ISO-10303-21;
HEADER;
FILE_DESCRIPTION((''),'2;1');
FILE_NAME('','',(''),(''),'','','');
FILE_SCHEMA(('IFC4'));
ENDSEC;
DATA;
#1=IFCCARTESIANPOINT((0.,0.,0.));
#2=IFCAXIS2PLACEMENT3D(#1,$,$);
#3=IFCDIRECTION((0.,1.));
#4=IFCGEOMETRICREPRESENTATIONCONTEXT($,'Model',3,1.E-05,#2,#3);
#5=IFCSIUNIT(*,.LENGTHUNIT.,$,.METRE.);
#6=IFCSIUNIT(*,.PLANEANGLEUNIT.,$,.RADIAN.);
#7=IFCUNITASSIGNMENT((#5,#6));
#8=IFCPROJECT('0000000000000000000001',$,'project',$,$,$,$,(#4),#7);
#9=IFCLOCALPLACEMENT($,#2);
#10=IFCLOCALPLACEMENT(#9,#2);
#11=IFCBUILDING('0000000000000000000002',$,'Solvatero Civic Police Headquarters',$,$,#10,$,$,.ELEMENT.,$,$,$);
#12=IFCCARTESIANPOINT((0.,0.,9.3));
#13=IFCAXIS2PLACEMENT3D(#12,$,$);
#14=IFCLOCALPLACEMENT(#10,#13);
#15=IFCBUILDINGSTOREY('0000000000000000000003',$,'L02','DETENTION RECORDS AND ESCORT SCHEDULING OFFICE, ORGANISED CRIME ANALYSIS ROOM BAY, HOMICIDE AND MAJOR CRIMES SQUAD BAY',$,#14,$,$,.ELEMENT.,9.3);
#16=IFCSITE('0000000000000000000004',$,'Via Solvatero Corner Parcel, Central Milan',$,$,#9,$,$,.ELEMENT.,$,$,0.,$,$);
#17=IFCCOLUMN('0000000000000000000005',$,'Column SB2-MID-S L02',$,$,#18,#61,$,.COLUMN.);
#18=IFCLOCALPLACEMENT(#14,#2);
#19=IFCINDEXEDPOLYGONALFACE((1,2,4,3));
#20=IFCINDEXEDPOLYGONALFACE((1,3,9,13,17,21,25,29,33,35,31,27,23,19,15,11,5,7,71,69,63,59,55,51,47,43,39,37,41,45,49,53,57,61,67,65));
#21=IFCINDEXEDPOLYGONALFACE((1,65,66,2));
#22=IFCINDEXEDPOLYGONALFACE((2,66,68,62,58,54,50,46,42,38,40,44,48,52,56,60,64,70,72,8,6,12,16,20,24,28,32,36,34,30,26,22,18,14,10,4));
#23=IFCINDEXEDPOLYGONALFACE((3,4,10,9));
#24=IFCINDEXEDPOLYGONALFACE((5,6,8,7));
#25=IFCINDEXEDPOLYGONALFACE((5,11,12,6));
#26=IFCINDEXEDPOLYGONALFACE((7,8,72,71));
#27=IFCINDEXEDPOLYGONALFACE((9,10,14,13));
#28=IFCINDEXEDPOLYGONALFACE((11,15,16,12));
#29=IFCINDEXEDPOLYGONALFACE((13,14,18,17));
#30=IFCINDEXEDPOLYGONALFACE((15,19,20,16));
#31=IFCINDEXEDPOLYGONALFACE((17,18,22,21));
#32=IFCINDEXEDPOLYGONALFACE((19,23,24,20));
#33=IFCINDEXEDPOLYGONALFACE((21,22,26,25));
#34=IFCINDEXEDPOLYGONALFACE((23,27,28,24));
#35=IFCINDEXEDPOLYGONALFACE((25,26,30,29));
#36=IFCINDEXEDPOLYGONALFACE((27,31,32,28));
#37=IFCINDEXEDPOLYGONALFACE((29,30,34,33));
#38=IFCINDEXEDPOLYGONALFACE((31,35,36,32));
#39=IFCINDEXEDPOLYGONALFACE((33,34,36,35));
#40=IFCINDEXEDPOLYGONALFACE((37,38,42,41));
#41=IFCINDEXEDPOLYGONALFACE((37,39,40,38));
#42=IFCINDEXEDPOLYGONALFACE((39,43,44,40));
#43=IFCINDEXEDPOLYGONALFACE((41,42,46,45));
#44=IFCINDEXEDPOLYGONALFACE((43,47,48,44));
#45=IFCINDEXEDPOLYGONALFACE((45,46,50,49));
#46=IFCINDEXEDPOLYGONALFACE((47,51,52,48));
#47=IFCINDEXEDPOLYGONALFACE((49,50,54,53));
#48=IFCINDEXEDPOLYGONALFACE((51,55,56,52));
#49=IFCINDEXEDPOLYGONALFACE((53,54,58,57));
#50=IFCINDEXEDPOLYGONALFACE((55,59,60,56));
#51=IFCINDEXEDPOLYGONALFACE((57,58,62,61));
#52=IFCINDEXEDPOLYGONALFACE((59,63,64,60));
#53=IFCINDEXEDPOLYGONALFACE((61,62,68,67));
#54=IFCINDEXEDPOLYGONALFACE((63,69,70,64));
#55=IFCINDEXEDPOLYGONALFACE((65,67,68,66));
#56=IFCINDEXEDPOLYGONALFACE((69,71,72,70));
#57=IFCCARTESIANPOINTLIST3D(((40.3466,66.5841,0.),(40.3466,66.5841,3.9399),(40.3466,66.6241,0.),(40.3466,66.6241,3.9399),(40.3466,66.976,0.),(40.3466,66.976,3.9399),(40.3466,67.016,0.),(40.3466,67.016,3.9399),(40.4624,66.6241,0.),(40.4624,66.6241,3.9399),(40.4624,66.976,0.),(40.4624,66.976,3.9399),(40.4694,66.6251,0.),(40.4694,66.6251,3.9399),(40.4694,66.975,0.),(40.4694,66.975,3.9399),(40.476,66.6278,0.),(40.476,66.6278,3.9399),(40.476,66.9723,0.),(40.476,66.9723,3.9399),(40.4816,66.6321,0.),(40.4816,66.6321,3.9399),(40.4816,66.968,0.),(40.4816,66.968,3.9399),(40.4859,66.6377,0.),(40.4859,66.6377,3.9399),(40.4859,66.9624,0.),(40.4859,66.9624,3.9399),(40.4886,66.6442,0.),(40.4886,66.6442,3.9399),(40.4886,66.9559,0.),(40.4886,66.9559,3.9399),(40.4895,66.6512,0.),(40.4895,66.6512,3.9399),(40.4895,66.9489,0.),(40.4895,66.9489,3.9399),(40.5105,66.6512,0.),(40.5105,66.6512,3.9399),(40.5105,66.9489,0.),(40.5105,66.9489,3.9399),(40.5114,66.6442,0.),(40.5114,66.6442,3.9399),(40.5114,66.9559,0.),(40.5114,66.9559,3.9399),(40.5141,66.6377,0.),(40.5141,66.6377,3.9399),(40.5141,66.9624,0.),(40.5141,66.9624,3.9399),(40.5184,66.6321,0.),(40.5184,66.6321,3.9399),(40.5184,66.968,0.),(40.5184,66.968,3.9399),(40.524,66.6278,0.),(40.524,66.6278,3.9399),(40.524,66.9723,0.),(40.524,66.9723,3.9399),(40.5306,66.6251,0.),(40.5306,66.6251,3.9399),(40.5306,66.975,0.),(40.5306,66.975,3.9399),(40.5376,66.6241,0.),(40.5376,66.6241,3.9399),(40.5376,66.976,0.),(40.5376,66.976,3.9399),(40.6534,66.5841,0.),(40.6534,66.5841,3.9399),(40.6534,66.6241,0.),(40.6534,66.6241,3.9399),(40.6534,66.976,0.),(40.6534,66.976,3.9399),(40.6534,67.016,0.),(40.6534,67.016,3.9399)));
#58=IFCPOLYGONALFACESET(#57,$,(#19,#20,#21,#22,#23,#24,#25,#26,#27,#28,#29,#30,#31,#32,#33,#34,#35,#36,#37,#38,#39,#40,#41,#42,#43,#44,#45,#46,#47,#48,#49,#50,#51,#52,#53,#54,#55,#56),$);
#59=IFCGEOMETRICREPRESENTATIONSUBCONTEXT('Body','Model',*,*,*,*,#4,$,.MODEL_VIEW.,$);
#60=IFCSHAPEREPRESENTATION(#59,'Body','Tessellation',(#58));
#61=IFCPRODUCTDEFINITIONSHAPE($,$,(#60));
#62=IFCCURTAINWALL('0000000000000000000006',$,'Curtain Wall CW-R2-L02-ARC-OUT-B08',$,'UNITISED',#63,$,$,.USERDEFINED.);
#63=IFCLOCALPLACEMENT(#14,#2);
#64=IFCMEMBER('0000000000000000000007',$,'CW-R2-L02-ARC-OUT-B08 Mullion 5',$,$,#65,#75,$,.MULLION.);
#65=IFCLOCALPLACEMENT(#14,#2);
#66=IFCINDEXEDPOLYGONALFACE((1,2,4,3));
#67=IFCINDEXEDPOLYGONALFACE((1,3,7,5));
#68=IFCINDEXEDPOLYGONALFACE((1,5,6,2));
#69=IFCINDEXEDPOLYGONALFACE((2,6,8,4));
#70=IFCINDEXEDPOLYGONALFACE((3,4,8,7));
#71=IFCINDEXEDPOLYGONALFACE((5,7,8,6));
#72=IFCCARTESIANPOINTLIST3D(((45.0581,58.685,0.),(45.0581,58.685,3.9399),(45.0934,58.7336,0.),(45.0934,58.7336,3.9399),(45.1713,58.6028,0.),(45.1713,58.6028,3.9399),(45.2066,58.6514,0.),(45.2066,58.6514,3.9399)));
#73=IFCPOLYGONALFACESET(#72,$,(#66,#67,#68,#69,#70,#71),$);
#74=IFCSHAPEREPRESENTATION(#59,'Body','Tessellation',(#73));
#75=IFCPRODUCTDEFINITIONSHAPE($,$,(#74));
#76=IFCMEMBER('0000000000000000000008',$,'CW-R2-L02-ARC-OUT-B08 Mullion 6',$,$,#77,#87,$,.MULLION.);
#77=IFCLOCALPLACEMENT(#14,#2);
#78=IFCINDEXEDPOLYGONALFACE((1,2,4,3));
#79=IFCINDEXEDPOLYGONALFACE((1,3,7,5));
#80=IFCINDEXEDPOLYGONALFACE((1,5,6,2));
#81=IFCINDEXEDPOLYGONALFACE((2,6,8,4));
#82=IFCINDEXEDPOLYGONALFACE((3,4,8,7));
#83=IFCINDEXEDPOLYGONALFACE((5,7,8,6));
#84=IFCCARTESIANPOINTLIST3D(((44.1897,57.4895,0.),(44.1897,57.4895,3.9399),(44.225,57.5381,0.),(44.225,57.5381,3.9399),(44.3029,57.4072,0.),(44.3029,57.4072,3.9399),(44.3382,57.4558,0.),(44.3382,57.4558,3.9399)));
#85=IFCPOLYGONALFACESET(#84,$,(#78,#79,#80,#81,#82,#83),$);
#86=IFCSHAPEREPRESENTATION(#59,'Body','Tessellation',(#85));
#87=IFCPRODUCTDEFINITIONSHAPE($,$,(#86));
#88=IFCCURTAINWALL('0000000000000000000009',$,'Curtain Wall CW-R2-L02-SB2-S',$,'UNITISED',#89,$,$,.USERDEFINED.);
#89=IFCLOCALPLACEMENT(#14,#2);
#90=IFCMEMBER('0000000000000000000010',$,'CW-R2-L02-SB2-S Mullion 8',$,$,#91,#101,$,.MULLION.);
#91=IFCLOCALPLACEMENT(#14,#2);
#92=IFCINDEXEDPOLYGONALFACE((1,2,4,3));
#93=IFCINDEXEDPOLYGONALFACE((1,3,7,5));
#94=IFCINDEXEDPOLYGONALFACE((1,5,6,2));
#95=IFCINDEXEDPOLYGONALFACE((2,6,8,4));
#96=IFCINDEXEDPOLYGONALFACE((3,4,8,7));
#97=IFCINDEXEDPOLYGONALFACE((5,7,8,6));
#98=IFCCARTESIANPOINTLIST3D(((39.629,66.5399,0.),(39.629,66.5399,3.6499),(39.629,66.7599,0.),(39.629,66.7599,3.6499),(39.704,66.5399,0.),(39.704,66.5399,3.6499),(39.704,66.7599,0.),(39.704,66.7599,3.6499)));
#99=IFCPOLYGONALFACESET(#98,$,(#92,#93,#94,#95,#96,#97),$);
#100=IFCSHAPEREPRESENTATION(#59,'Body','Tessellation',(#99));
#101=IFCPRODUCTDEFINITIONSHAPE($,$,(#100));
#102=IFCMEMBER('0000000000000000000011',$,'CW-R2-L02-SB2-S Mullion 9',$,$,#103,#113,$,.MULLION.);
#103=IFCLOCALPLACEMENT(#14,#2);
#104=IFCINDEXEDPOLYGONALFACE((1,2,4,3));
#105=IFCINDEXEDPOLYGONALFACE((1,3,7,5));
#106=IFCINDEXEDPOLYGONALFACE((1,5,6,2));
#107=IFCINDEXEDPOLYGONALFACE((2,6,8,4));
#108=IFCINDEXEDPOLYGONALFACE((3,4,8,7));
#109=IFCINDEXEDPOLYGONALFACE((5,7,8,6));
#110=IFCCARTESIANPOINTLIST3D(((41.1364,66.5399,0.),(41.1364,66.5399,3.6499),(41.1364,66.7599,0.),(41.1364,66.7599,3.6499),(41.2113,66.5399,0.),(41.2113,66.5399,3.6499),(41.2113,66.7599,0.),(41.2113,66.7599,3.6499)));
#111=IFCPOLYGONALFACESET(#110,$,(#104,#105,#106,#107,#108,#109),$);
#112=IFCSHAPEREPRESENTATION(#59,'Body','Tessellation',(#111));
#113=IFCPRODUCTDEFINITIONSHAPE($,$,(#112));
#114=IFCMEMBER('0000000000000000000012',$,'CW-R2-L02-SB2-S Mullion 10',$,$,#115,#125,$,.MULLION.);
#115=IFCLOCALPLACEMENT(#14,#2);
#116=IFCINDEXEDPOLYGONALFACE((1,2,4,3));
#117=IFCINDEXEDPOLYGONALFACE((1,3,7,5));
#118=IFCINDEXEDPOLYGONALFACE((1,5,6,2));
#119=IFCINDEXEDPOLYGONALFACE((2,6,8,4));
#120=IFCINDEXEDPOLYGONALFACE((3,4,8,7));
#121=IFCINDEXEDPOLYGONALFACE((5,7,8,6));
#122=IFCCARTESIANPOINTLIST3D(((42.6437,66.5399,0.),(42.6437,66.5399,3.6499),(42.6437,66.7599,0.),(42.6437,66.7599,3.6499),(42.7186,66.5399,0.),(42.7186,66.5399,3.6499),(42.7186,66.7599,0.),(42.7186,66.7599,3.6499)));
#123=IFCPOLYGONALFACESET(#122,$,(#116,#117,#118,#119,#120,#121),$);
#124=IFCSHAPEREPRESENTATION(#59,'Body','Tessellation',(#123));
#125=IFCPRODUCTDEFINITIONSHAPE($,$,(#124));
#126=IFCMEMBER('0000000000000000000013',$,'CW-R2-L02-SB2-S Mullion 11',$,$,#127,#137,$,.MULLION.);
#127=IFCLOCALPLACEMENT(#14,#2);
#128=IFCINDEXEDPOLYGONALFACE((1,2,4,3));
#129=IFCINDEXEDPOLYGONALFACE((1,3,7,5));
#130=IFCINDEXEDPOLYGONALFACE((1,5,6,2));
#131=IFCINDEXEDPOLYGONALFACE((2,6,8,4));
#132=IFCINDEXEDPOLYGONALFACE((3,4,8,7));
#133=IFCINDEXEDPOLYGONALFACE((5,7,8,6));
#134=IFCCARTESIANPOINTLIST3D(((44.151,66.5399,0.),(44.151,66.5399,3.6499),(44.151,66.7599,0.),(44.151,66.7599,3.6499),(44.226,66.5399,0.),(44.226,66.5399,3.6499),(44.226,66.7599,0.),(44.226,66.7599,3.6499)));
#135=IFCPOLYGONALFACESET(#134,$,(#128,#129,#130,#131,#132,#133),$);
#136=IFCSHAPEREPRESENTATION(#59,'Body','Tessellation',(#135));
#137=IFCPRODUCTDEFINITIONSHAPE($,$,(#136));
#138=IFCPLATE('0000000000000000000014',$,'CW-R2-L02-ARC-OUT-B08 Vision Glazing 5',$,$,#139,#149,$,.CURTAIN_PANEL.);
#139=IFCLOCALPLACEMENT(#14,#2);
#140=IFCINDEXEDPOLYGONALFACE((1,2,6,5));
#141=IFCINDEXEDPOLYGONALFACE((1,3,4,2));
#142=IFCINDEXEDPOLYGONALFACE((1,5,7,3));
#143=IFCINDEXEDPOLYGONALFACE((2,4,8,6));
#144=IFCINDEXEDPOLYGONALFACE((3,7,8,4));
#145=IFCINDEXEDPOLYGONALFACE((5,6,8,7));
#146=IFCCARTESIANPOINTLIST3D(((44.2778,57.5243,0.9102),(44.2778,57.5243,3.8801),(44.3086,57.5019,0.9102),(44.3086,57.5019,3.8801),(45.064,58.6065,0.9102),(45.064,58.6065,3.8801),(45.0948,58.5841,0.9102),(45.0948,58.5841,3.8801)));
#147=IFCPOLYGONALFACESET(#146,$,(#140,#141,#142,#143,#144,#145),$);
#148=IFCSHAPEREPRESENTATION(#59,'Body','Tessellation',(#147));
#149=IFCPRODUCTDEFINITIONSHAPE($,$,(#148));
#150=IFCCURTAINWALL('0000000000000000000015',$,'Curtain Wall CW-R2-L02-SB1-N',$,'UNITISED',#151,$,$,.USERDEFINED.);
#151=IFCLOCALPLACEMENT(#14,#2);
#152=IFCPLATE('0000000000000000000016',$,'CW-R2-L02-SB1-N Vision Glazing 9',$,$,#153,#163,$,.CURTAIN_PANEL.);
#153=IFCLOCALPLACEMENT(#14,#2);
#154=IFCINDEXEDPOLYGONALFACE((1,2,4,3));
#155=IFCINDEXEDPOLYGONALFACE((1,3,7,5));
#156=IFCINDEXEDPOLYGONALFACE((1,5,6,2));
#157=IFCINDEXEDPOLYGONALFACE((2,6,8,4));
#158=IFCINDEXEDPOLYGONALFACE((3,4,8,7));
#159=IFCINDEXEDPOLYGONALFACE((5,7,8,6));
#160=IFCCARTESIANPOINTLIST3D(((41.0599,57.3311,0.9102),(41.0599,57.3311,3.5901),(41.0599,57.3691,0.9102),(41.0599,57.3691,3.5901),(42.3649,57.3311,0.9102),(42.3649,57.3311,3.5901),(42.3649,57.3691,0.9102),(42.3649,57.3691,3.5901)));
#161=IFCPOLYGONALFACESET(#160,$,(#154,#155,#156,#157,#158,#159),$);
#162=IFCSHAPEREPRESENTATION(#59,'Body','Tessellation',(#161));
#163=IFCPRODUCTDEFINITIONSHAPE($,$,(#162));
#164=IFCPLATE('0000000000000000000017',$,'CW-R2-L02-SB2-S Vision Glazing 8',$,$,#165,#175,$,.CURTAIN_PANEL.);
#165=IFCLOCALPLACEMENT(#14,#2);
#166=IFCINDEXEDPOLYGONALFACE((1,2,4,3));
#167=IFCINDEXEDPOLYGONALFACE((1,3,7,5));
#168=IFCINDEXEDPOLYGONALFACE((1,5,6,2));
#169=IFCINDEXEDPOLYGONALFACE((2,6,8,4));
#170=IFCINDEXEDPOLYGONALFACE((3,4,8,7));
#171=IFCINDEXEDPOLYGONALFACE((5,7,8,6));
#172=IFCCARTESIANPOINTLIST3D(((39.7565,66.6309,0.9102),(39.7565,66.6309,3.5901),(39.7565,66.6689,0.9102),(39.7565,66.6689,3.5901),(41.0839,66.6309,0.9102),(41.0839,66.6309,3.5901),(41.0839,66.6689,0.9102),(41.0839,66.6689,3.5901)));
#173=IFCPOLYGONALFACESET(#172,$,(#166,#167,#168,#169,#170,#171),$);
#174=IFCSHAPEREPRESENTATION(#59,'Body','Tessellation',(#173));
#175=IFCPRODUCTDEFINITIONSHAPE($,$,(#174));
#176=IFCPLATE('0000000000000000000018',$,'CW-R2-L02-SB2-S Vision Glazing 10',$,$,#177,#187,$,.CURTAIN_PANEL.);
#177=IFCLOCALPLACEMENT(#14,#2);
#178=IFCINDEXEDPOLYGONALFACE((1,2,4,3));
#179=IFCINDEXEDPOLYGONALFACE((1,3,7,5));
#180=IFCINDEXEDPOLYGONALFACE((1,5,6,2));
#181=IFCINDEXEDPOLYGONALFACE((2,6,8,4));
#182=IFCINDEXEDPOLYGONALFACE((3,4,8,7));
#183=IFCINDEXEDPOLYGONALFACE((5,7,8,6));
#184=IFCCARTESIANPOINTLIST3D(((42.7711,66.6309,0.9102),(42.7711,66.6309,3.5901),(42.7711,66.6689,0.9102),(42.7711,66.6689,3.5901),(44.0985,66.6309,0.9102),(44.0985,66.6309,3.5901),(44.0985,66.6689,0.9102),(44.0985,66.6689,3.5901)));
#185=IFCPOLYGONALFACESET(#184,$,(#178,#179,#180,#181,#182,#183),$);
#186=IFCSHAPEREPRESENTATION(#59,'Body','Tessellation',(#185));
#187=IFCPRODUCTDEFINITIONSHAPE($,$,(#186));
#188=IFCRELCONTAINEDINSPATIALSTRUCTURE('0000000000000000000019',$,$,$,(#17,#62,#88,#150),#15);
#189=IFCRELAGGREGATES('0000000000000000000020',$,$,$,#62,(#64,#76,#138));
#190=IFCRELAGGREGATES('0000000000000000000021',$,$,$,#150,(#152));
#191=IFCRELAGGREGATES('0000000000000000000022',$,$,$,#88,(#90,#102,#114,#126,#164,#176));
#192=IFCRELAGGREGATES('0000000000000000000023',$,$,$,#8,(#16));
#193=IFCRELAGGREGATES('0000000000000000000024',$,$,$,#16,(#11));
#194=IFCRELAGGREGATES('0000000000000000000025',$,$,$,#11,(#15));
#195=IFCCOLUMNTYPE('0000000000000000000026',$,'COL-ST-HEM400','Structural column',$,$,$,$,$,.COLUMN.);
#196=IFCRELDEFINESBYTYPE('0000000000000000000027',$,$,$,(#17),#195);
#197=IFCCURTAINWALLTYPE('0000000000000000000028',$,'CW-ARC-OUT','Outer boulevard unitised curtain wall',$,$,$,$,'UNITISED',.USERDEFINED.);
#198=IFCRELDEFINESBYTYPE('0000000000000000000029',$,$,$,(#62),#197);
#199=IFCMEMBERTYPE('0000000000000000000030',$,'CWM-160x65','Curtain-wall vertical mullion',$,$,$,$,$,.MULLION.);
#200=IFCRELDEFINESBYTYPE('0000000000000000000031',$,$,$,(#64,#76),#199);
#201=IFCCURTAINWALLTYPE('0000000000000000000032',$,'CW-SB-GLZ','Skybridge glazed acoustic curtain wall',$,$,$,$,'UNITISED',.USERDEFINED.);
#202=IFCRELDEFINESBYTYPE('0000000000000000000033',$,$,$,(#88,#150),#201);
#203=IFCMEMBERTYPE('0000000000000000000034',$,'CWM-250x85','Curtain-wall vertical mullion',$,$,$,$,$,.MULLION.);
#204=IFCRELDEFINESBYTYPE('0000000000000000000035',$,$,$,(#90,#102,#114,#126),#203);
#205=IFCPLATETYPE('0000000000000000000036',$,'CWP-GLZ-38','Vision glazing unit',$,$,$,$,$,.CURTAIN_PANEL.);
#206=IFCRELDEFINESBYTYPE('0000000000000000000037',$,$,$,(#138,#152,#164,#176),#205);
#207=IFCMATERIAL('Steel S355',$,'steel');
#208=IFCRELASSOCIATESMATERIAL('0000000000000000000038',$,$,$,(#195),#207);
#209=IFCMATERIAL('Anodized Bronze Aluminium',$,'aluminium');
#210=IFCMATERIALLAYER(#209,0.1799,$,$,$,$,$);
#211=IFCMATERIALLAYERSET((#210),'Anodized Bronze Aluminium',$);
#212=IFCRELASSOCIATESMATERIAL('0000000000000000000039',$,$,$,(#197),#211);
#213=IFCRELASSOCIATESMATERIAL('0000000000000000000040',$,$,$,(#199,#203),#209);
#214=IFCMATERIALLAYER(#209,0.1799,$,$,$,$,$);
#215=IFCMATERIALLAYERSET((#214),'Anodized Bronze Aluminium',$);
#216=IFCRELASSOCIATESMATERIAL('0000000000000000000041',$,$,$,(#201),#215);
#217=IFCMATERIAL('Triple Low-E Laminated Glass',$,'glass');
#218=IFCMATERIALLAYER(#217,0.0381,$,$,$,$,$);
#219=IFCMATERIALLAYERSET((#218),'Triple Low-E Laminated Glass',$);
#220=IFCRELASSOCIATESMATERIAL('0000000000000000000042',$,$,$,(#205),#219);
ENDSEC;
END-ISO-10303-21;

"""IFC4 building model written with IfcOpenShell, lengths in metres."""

from ifc_helpers import new_model, si_unit, direction, frame, origin, origin_2d, place, context, subcontext, project, spatial, rectangle, i_section, extrude, material, layer, layer_set, material_profile, profile_set, type_object, element, aggregate, save


model = new_model("IFC4")

# Units and contexts
model_context = context("Model", 3, precision=1e-05, world=origin(), true_north=direction((0.0, 1.0)))
body_context = subcontext(model_context, "Body", "Model", "MODEL_VIEW")
ifc_project = project(units=[si_unit("LENGTHUNIT", "METRE"), si_unit("PLANEANGLEUNIT", "RADIAN")], contexts=[model_context])

# Site, building, storey
site_placement = place(None, origin())
site = spatial("IfcSite", under=ifc_project, at=site_placement, Name="Via Solvatero Corner Parcel, Central Milan", CompositionType="ELEMENT", RefElevation=0.0)
building_placement = place(site_placement, origin())
building = spatial("IfcBuilding", under=site, at=building_placement, Name="Solvatero Civic Police Headquarters", CompositionType="ELEMENT")
storey_placement = place(building_placement, frame((0.0, 0.0, 9.3)))
storey = spatial("IfcBuildingStorey", under=building, at=storey_placement, Name="L02", Description="DETENTION RECORDS AND ESCORT SCHEDULING OFFICE, ORGANISED CRIME ANALYSIS ROOM BAY, HOMICIDE AND MAJOR CRIMES SQUAD BAY", CompositionType="ELEMENT", Elevation=9.3)

# Column
ifc_material_1 = material(Name="Steel S355", Category="steel")
ifc_material_profile_1 = material_profile(ifc_material_1, i_section(OverallWidth=0.3069, OverallDepth=0.4319, WebThickness=0.021, FlangeThickness=0.04, FilletRadius=0.0271, at=origin_2d()), Name="HEM 400")
ifc_profile_set_1 = profile_set([ifc_material_profile_1], Name="Steel S355")
column_type = type_object("IfcColumnType", Name="COL-ST-HEM400", Description="Structural column", PredefinedType="COLUMN", material=ifc_profile_set_1)
column_placement = place(storey_placement, frame((40.5, 66.8, 0.0), z_axis=(0.0, 0.0, 1.0), x_axis=(1.0, 0.0, 0.0)))
element("IfcColumn", 1, at=column_placement, inside=storey, type_object=column_type, Name="Column SB2-MID-S L02", PredefinedType="COLUMN", context=body_context, shape_type="SweptSolid", body=[
    extrude(i_section(OverallWidth=0.3069, OverallDepth=0.4319, WebThickness=0.021, FlangeThickness=0.04, FilletRadius=0.0271, at=origin_2d()), origin(), (0.0, 0.0, 1.0), 3.9399),
])

# Curtain walls, members
ifc_material_2 = material(Name="Anodized Bronze Aluminium", Category="aluminium")
ifc_layer_1 = layer(ifc_material_2, 0.1799)
ifc_layer_set_1 = layer_set([ifc_layer_1], Name="Anodized Bronze Aluminium")
curtain_wall_type_1 = type_object("IfcCurtainWallType", Name="CW-ARC-OUT", Description="Outer boulevard unitised curtain wall", ElementType="UNITISED", PredefinedType="USERDEFINED", material=ifc_layer_set_1)
curtain_wall_1_placement = place(storey_placement, origin())
curtain_wall_1 = element("IfcCurtainWall", 2, at=curtain_wall_1_placement, inside=storey, type_object=curtain_wall_type_1, Name="Curtain Wall CW-R2-L02-ARC-OUT-B08", ObjectType="UNITISED", PredefinedType="USERDEFINED")
ifc_material_profile_2 = material_profile(ifc_material_2, rectangle(XDim=0.0601, YDim=0.1399, at=origin_2d()), Name="ALU MULLION 60x140")
ifc_profile_set_2 = profile_set([ifc_material_profile_2], Name="Anodized Bronze Aluminium")
member_type_1 = type_object("IfcMemberType", Name="CWM-160x65", Description="Curtain-wall vertical mullion", PredefinedType="MULLION", material=ifc_profile_set_2)
member_1_placement = place(storey_placement, frame((45.1323, 58.6682, 0.0), z_axis=(0.0, 0.0, 1.0), x_axis=(-0.587771, -0.809027, 0.0)))
member_1 = element("IfcMember", 3, at=member_1_placement, type_object=member_type_1, Name="CW-R2-L02-ARC-OUT-B08 Mullion 5", PredefinedType="MULLION", context=body_context, shape_type="SweptSolid", body=[
    extrude(rectangle(XDim=0.0601, YDim=0.1399, at=origin_2d()), origin(), (0.0, 0.0, 1.0), 3.9399),
])
member_2_placement = place(storey_placement, frame((44.2639, 57.4727, 0.0), z_axis=(0.0, 0.0, 1.0), x_axis=(-0.587771, -0.809027, 0.0)))
member_2 = element("IfcMember", 4, at=member_2_placement, type_object=member_type_1, Name="CW-R2-L02-ARC-OUT-B08 Mullion 6", PredefinedType="MULLION", context=body_context, shape_type="SweptSolid", body=[
    extrude(rectangle(XDim=0.0601, YDim=0.1399, at=origin_2d()), origin(), (0.0, 0.0, 1.0), 3.9399),
])
ifc_layer_2 = layer(ifc_material_2, 0.1799)
ifc_layer_set_2 = layer_set([ifc_layer_2], Name="Anodized Bronze Aluminium")
curtain_wall_type_2 = type_object("IfcCurtainWallType", Name="CW-SB-GLZ", Description="Skybridge glazed acoustic curtain wall", ElementType="UNITISED", PredefinedType="USERDEFINED", material=ifc_layer_set_2)
curtain_wall_2_placement = place(storey_placement, origin())
curtain_wall_2 = element("IfcCurtainWall", 5, at=curtain_wall_2_placement, inside=storey, type_object=curtain_wall_type_2, Name="Curtain Wall CW-R2-L02-SB2-S", ObjectType="UNITISED", PredefinedType="USERDEFINED")
ifc_material_profile_3 = material_profile(ifc_material_2, rectangle(XDim=0.075, YDim=0.22, at=origin_2d()), Name="ALU MULLION 75x220")
ifc_profile_set_3 = profile_set([ifc_material_profile_3], Name="Anodized Bronze Aluminium")
member_type_2 = type_object("IfcMemberType", Name="CWM-250x85", Description="Curtain-wall vertical mullion", PredefinedType="MULLION", material=ifc_profile_set_3)
member_3_placement = place(storey_placement, frame((39.6665, 66.6499, 0.0), z_axis=(0.0, 0.0, 1.0), x_axis=(1.0, 0.0, 0.0)))
member_3 = element("IfcMember", 6, at=member_3_placement, type_object=member_type_2, Name="CW-R2-L02-SB2-S Mullion 8", PredefinedType="MULLION", context=body_context, shape_type="SweptSolid", body=[
    extrude(rectangle(XDim=0.075, YDim=0.22, at=origin_2d()), origin(), (0.0, 0.0, 1.0), 3.6499),
])
member_4_placement = place(storey_placement, frame((41.1738, 66.6499, 0.0), z_axis=(0.0, 0.0, 1.0), x_axis=(1.0, 0.0, 0.0)))
member_4 = element("IfcMember", 7, at=member_4_placement, type_object=member_type_2, Name="CW-R2-L02-SB2-S Mullion 9", PredefinedType="MULLION", context=body_context, shape_type="SweptSolid", body=[
    extrude(rectangle(XDim=0.075, YDim=0.22, at=origin_2d()), origin(), (0.0, 0.0, 1.0), 3.6499),
])
member_5_placement = place(storey_placement, frame((42.6812, 66.6499, 0.0), z_axis=(0.0, 0.0, 1.0), x_axis=(1.0, 0.0, 0.0)))
member_5 = element("IfcMember", 8, at=member_5_placement, type_object=member_type_2, Name="CW-R2-L02-SB2-S Mullion 10", PredefinedType="MULLION", context=body_context, shape_type="SweptSolid", body=[
    extrude(rectangle(XDim=0.075, YDim=0.22, at=origin_2d()), origin(), (0.0, 0.0, 1.0), 3.6499),
])
member_6_placement = place(storey_placement, frame((44.1885, 66.6499, 0.0), z_axis=(0.0, 0.0, 1.0), x_axis=(1.0, 0.0, 0.0)))
member_6 = element("IfcMember", 9, at=member_6_placement, type_object=member_type_2, Name="CW-R2-L02-SB2-S Mullion 11", PredefinedType="MULLION", context=body_context, shape_type="SweptSolid", body=[
    extrude(rectangle(XDim=0.075, YDim=0.22, at=origin_2d()), origin(), (0.0, 0.0, 1.0), 3.6499),
])

# Plate
ifc_material_3 = material(Name="Triple Low-E Laminated Glass", Category="glass")
ifc_layer_3 = layer(ifc_material_3, 0.0381)
ifc_layer_set_3 = layer_set([ifc_layer_3], Name="Triple Low-E Laminated Glass")
plate_type_1 = type_object("IfcPlateType", Name="CWP-GLZ-38", Description="Vision glazing unit", PredefinedType="CURTAIN_PANEL", material=ifc_layer_set_3)
plate_1_placement = place(storey_placement, frame((44.6863, 58.0542, 0.9102), z_axis=(0.0, 0.0, 1.0), x_axis=(-0.587771, -0.809027, 0.0)))
plate_1 = element("IfcPlate", 10, at=plate_1_placement, type_object=plate_type_1, Name="CW-R2-L02-ARC-OUT-B08 Vision Glazing 5", PredefinedType="CURTAIN_PANEL", context=body_context, shape_type="SweptSolid", body=[
    extrude(rectangle(XDim=1.3376, YDim=0.0381, at=origin_2d()), origin(), (0.0, 0.0, 1.0), 2.97),
])

# Curtain wall, plate
curtain_wall_3_placement = place(storey_placement, origin())
curtain_wall_3 = element("IfcCurtainWall", 11, at=curtain_wall_3_placement, inside=storey, type_object=curtain_wall_type_2, Name="Curtain Wall CW-R2-L02-SB1-N", ObjectType="UNITISED", PredefinedType="USERDEFINED")
plate_2_placement = place(storey_placement, frame((41.7124, 57.3501, 0.9102), z_axis=(0.0, 0.0, 1.0), x_axis=(1.0, 0.0, 0.0)))
plate_2 = element("IfcPlate", 12, at=plate_2_placement, type_object=plate_type_1, Name="CW-R2-L02-SB1-N Vision Glazing 9", PredefinedType="CURTAIN_PANEL", context=body_context, shape_type="SweptSolid", body=[
    extrude(rectangle(XDim=1.3049, YDim=0.0381, at=origin_2d()), origin(), (0.0, 0.0, 1.0), 2.6799),
])

# Plates
plate_3_placement = place(storey_placement, frame((40.4202, 66.6499, 0.9102), z_axis=(0.0, 0.0, 1.0), x_axis=(1.0, 0.0, 0.0)))
plate_3 = element("IfcPlate", 13, at=plate_3_placement, type_object=plate_type_1, Name="CW-R2-L02-SB2-S Vision Glazing 8", PredefinedType="CURTAIN_PANEL", context=body_context, shape_type="SweptSolid", body=[
    extrude(rectangle(XDim=1.3274, YDim=0.0381, at=origin_2d()), origin(), (0.0, 0.0, 1.0), 2.6799),
])
plate_4_placement = place(storey_placement, frame((43.4348, 66.6499, 0.9102), z_axis=(0.0, 0.0, 1.0), x_axis=(1.0, 0.0, 0.0)))
plate_4 = element("IfcPlate", 14, at=plate_4_placement, type_object=plate_type_1, Name="CW-R2-L02-SB2-S Vision Glazing 10", PredefinedType="CURTAIN_PANEL", context=body_context, shape_type="SweptSolid", body=[
    extrude(rectangle(XDim=1.3274, YDim=0.0381, at=origin_2d()), origin(), (0.0, 0.0, 1.0), 2.6799),
])
aggregate(curtain_wall_1, [member_1, member_2, plate_1])
aggregate(curtain_wall_3, [plate_2])
aggregate(curtain_wall_2, [member_3, member_4, member_5, member_6, plate_3, plate_4])

save(model, "model.ifc")
